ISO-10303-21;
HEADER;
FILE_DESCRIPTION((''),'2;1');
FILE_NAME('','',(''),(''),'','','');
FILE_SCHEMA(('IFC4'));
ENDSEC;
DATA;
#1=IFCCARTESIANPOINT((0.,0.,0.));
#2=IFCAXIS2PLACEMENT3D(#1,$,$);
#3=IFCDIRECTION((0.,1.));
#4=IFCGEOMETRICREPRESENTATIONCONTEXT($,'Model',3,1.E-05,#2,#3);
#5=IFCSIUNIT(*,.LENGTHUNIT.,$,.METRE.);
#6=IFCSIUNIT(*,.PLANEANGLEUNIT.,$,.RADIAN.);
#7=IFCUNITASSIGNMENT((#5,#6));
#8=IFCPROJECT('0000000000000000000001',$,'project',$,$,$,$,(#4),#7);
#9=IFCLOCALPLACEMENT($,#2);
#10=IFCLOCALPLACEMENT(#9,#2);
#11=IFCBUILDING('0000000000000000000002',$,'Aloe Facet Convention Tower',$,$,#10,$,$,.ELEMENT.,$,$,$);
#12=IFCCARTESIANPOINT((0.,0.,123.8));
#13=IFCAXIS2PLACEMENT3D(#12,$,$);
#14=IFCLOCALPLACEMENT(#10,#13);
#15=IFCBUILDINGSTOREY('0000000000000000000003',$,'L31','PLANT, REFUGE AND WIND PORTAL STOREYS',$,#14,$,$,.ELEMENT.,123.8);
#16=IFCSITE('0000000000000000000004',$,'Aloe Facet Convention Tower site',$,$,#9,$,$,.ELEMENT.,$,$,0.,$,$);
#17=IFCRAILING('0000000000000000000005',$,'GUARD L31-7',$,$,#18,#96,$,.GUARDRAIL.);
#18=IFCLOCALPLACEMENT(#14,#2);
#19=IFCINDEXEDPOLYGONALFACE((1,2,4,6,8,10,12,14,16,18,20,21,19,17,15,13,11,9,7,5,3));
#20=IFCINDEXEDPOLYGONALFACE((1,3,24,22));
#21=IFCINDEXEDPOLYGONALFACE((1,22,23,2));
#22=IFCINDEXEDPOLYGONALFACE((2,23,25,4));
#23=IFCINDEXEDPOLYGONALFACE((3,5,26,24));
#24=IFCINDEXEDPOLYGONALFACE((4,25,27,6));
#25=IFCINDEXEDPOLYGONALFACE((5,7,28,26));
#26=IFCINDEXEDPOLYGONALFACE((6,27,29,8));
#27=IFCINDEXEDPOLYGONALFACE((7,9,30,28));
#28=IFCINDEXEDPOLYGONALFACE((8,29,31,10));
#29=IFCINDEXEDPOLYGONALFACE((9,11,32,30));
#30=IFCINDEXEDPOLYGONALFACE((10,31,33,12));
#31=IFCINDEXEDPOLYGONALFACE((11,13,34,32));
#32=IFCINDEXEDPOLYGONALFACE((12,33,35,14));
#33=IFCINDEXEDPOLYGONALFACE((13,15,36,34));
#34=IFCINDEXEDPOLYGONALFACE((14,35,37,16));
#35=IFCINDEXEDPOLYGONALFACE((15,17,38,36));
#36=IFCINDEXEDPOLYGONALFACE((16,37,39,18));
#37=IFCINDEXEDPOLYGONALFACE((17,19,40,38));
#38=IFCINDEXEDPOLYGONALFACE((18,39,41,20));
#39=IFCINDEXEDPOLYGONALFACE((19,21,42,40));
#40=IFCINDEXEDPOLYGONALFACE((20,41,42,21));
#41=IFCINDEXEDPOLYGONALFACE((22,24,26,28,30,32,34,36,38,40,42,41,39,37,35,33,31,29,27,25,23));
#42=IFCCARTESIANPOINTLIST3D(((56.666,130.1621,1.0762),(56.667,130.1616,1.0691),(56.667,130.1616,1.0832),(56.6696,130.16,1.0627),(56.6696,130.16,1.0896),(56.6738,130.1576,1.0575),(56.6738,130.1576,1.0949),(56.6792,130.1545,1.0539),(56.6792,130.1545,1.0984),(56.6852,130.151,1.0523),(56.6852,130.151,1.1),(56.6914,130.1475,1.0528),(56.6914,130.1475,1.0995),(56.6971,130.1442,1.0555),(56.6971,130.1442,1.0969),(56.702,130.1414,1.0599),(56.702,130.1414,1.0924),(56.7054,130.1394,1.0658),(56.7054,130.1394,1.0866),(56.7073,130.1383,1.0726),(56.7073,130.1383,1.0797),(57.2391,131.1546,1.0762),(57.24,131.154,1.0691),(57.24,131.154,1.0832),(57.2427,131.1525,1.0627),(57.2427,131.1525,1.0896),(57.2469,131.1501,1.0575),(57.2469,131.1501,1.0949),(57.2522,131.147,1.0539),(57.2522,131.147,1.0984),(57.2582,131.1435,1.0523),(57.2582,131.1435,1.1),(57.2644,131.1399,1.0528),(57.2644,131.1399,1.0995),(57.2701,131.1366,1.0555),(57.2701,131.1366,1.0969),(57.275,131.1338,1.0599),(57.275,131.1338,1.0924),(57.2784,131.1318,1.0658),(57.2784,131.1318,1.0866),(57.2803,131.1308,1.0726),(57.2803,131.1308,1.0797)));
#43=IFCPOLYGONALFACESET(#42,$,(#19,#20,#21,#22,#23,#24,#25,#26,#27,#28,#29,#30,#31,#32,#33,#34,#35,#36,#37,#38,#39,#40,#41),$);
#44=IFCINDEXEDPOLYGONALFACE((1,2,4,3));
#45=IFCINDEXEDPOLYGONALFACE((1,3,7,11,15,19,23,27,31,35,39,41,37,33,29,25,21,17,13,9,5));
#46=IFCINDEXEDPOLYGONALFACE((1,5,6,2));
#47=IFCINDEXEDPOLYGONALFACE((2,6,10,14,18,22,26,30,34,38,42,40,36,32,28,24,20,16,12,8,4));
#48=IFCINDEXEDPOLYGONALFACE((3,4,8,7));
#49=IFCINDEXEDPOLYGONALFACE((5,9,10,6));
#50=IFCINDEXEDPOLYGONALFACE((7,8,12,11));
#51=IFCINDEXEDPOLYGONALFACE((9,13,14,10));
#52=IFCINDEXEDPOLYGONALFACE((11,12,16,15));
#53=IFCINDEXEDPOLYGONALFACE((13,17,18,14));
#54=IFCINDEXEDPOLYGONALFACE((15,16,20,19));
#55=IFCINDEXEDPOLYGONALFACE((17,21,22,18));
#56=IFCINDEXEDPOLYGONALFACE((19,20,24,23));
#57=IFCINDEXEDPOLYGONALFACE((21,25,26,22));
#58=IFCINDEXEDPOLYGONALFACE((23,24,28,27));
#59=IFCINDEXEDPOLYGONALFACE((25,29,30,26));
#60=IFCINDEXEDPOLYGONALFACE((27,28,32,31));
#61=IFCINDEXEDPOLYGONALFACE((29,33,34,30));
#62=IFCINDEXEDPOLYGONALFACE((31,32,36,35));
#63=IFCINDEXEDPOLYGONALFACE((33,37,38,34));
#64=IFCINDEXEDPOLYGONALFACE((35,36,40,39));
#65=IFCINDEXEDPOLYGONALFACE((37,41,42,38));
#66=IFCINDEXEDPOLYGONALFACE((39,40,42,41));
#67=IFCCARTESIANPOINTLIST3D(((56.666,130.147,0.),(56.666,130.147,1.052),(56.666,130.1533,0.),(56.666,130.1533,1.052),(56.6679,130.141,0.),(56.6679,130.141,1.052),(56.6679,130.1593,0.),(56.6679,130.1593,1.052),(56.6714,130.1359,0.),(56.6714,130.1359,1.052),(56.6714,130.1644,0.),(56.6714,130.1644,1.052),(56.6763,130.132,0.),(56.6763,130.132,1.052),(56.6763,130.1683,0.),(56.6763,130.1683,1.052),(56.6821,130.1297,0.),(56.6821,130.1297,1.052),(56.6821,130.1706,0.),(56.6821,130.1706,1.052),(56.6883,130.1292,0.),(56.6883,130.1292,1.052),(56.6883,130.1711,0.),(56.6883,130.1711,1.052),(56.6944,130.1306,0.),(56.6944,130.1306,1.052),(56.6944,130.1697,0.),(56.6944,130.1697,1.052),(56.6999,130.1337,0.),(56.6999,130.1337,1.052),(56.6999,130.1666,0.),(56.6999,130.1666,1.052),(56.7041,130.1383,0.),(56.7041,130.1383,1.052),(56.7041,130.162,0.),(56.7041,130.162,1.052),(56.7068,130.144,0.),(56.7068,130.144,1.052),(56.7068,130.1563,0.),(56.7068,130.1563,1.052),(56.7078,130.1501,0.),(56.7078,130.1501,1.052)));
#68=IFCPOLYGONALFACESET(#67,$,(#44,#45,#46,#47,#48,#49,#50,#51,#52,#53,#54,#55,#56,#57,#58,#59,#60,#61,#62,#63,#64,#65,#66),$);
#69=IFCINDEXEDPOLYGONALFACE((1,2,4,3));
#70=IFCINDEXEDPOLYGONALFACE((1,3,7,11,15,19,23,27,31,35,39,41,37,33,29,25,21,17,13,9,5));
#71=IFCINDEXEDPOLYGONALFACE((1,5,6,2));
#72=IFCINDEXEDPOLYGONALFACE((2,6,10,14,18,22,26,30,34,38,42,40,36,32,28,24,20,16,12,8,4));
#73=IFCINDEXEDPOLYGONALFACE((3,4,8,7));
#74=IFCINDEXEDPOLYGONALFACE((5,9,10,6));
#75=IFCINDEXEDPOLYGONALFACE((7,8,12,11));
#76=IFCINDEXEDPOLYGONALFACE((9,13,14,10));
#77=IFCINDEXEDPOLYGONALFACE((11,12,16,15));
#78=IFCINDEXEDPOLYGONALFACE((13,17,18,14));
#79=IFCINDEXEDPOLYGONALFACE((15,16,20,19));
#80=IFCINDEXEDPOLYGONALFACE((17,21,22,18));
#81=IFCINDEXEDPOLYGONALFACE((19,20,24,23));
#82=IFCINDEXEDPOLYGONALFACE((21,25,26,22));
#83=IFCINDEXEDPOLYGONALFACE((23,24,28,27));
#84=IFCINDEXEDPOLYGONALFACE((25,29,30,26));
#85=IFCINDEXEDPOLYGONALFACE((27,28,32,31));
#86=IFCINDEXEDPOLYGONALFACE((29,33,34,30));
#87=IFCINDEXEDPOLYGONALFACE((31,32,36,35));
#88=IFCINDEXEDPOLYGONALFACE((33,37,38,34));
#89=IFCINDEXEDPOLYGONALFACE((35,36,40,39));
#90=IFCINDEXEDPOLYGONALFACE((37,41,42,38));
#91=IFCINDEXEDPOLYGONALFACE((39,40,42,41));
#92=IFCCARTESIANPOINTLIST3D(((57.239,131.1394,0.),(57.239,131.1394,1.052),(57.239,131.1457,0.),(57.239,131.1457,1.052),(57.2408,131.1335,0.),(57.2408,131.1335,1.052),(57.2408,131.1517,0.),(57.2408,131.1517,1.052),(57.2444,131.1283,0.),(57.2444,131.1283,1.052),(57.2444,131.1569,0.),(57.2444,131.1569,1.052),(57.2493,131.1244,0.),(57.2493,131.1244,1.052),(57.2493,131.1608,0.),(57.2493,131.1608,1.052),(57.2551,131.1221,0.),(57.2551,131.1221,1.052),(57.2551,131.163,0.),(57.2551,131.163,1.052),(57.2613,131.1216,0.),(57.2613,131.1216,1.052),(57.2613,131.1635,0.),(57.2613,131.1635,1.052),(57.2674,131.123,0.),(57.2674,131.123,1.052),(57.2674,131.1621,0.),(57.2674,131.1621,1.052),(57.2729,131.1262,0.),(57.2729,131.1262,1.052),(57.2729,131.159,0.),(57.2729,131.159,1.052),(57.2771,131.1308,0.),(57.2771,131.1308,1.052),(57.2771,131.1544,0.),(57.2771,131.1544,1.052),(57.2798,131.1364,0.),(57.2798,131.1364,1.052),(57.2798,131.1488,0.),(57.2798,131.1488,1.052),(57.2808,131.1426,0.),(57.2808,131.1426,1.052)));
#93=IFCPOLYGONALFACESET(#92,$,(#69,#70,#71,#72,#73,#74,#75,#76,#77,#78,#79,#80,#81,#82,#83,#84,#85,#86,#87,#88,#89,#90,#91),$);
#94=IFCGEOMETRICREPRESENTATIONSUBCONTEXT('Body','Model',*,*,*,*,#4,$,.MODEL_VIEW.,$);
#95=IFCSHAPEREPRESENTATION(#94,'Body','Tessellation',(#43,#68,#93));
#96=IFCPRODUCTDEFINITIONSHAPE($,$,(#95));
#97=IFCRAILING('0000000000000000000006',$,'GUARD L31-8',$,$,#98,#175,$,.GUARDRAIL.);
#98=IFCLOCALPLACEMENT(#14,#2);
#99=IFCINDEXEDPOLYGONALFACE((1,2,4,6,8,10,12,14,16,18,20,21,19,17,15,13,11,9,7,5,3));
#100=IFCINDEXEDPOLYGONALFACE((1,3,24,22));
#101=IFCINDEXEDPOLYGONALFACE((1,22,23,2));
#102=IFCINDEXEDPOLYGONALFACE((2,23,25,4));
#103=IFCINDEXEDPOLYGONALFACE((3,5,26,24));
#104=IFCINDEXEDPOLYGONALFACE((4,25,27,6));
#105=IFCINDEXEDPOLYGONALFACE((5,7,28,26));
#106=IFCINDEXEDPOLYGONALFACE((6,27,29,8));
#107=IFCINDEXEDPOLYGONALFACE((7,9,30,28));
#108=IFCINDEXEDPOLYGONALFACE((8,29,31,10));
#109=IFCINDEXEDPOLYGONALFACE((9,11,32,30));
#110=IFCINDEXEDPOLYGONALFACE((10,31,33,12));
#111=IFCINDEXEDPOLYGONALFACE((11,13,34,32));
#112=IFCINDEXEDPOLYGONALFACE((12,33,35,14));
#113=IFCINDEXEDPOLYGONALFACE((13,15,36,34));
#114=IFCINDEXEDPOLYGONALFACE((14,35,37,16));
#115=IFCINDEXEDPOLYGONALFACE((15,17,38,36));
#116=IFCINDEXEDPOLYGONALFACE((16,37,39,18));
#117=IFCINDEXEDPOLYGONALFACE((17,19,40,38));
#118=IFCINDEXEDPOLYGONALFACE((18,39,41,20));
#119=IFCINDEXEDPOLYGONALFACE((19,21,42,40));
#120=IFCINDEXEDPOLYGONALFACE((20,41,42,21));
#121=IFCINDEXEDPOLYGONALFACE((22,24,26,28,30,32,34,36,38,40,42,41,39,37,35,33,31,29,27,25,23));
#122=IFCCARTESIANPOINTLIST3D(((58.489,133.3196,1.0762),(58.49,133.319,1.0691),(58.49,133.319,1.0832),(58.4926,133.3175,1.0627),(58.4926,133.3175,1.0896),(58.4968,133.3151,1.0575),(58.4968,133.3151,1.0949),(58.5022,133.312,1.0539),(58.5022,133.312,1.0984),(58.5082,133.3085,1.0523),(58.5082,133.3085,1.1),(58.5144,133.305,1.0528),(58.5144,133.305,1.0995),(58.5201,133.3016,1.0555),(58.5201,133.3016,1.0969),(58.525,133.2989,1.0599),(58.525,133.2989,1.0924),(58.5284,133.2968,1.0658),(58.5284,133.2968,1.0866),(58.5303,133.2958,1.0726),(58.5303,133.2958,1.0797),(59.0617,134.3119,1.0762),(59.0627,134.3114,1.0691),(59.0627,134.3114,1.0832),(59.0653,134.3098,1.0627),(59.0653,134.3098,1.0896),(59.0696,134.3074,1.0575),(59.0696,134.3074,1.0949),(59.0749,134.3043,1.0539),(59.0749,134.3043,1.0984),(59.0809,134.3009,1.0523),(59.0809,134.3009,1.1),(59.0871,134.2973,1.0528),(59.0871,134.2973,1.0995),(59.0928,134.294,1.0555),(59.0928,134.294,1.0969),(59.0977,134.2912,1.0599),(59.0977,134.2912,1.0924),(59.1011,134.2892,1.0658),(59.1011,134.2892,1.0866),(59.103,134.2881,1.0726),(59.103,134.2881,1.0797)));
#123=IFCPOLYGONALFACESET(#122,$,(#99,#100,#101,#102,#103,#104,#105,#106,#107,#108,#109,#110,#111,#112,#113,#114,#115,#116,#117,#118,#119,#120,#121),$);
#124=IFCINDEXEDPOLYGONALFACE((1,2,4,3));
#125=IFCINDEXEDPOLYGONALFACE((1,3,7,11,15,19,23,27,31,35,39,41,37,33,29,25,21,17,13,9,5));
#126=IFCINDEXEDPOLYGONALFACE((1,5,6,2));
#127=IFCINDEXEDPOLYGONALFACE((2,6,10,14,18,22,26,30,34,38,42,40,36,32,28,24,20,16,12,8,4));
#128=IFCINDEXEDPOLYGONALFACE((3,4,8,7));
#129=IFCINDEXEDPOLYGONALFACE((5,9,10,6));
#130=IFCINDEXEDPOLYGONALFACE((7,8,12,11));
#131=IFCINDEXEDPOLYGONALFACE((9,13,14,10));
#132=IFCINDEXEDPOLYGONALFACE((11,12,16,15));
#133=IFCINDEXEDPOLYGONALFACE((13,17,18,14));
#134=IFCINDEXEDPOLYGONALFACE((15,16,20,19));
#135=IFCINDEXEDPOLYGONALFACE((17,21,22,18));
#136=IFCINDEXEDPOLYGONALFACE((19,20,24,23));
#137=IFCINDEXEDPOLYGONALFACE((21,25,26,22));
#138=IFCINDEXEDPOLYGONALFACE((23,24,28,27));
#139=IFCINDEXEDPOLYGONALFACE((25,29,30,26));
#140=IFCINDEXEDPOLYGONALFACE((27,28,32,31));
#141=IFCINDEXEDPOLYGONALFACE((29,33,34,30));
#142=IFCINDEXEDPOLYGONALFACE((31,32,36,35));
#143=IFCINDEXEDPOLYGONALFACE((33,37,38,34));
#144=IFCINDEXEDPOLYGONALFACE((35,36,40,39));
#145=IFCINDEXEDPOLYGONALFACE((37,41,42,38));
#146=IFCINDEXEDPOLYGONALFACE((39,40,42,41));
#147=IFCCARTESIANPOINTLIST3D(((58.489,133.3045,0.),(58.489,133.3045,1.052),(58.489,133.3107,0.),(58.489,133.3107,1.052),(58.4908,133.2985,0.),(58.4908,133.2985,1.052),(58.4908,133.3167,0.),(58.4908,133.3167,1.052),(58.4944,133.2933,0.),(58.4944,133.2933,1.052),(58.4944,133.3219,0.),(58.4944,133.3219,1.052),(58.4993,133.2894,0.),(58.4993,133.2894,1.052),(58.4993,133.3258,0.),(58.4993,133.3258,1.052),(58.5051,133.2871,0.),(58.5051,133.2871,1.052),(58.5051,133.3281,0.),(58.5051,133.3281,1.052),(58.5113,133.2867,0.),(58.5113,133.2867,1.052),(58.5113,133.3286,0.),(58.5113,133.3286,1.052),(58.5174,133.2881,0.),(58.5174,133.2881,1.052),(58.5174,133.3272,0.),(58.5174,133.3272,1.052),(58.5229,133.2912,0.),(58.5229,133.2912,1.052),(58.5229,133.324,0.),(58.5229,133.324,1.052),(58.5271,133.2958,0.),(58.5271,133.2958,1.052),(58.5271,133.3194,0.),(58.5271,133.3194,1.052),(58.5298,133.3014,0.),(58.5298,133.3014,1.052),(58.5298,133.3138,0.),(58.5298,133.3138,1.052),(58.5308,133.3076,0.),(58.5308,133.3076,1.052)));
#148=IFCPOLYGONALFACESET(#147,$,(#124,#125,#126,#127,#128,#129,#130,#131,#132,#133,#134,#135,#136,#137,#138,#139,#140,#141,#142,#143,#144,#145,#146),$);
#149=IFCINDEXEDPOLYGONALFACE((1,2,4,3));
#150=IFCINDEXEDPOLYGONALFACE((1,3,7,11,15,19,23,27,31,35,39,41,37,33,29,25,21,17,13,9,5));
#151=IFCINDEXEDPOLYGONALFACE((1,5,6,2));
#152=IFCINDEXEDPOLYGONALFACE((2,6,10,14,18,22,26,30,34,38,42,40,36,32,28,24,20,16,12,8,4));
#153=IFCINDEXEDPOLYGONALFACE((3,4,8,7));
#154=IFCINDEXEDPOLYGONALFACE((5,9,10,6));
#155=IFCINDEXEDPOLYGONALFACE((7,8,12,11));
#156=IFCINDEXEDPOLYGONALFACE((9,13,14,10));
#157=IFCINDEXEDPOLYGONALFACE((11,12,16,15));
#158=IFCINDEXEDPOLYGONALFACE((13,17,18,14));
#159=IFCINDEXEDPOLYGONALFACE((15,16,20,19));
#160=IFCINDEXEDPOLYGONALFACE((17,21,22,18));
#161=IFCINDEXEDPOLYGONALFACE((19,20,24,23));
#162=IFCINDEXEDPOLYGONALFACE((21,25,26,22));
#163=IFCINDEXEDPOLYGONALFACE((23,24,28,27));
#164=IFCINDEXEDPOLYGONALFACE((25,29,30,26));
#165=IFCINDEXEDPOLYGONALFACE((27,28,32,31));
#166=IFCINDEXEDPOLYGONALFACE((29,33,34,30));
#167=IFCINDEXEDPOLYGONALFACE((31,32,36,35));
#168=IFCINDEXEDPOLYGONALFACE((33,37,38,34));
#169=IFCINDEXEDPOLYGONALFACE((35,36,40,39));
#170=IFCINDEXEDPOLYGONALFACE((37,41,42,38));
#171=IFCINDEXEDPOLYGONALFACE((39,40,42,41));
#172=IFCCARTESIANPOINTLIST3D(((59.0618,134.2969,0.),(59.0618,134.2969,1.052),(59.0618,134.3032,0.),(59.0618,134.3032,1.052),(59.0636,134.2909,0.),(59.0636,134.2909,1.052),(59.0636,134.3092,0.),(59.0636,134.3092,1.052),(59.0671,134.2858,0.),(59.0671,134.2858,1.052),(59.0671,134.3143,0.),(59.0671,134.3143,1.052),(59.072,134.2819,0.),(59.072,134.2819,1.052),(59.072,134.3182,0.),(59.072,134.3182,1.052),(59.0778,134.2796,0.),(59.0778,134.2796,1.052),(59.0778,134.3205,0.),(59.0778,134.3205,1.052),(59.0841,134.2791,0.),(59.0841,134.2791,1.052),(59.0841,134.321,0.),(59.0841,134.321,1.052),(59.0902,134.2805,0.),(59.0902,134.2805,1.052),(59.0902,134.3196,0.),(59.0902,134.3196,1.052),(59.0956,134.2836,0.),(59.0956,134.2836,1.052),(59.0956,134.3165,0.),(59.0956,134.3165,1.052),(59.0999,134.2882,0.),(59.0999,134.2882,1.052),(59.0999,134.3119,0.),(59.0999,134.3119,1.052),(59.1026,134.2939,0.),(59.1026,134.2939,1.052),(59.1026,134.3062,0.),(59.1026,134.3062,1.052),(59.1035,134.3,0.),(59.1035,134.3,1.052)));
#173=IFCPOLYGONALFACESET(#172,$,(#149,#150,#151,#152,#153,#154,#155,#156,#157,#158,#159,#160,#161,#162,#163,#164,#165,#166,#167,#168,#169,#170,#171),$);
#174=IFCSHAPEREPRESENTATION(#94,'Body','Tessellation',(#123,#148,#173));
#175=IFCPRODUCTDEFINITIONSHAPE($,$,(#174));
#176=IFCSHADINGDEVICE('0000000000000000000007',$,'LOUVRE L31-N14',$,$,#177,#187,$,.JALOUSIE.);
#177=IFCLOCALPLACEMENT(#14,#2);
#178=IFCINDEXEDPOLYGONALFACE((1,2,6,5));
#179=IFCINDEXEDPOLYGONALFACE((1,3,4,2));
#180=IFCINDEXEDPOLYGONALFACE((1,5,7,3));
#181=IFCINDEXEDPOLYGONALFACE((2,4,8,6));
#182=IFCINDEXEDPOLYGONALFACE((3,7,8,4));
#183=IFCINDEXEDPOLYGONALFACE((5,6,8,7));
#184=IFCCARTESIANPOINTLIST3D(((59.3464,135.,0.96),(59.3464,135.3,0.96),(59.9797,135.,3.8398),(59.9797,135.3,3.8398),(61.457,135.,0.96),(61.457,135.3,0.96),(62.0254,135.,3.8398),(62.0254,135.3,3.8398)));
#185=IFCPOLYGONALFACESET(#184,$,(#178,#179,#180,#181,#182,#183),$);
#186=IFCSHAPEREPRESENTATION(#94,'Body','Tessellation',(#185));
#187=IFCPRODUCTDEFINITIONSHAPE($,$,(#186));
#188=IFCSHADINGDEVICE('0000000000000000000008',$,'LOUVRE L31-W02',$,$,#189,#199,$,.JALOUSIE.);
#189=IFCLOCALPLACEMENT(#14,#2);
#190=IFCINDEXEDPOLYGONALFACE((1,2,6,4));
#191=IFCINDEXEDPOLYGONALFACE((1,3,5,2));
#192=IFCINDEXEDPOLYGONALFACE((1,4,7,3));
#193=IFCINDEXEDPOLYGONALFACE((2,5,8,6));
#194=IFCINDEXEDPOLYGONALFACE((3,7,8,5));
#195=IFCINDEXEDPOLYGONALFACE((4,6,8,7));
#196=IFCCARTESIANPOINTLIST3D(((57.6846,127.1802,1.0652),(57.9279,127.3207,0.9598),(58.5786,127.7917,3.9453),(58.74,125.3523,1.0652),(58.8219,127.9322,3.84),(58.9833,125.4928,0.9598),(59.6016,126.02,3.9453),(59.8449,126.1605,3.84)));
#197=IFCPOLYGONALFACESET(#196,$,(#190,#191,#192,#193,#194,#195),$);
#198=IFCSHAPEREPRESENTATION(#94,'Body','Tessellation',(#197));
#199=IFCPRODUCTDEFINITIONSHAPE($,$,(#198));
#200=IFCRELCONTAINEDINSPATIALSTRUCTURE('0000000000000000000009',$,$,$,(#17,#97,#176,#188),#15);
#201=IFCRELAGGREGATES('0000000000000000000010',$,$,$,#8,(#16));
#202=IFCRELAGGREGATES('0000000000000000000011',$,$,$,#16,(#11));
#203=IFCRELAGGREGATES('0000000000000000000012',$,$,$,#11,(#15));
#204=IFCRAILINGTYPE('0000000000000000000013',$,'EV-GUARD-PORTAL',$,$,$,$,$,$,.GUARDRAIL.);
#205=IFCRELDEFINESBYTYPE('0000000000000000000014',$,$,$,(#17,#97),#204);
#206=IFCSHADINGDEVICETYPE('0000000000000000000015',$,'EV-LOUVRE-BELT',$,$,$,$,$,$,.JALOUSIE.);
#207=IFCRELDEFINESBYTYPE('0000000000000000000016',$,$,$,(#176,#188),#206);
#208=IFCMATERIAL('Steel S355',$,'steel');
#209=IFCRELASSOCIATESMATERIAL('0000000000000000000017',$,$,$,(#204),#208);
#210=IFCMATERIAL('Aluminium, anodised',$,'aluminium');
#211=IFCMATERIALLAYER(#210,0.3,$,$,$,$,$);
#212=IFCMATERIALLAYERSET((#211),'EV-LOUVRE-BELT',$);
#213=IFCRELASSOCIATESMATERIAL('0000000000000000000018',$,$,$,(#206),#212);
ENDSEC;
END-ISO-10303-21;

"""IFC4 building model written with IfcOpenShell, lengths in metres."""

from ifc_helpers import new_model, si_unit, direction, frame, origin, origin_2d, place, context, subcontext, project, spatial, polyline, circle, outline, extrude, material, layer, layer_set, type_object, element, save


model = new_model("IFC4")

# Units and contexts
model_context = context("Model", 3, precision=1e-05, world=origin(), true_north=direction((0.0, 1.0)))
body_context = subcontext(model_context, "Body", "Model", "MODEL_VIEW")
ifc_project = project(units=[si_unit("LENGTHUNIT", "METRE"), si_unit("PLANEANGLEUNIT", "RADIAN")], contexts=[model_context])

# Site, building, storey
site_placement = place(None, origin())
site = spatial("IfcSite", under=ifc_project, at=site_placement, Name="Aloe Facet Convention Tower site", CompositionType="ELEMENT", RefElevation=0.0)
building_placement = place(site_placement, origin())
building = spatial("IfcBuilding", under=site, at=building_placement, Name="Aloe Facet Convention Tower", CompositionType="ELEMENT")
storey_placement = place(building_placement, frame((0.0, 0.0, 123.8)))
storey = spatial("IfcBuildingStorey", under=building, at=storey_placement, Name="L31", Description="PLANT, REFUGE AND WIND PORTAL STOREYS", CompositionType="ELEMENT", Elevation=123.8)

# Railings
ifc_material_1 = material(Name="Steel S355", Category="steel")
railing_type = type_object("IfcRailingType", Name="EV-GUARD-PORTAL", PredefinedType="GUARDRAIL", material=ifc_material_1)
railing_1_placement = place(storey_placement, frame((56.6868, 130.1501, 0.0)))
element("IfcRailing", 1, at=railing_1_placement, inside=storey, type_object=railing_type, Name="GUARD L31-7", PredefinedType="GUARDRAIL", context=body_context, shape_type="SweptSolid", body=[
    extrude(circle(Radius=0.0239, at=origin_2d()), frame((0.0, 0.0, 1.0762), z_axis=(0.500011, 0.866019, 0.0), x_axis=(-0.866019, 0.500011, 0.0)), (0.0, 0.0, 1.0), 1.146),
    extrude(circle(Radius=0.021, at=origin_2d()), origin(), (0.0, 0.0, 1.0), 1.052),
    extrude(circle(Radius=0.021, at=origin_2d()), frame((0.573, 0.9924, 0.0)), (0.0, 0.0, 1.0), 1.052),
])
railing_2_placement = place(storey_placement, frame((58.5098, 133.3076, 0.0)))
element("IfcRailing", 2, at=railing_2_placement, inside=storey, type_object=railing_type, Name="GUARD L31-8", PredefinedType="GUARDRAIL", context=body_context, shape_type="SweptSolid", body=[
    extrude(circle(Radius=0.0239, at=origin_2d()), frame((0.0, 0.0, 1.0762), z_axis=(0.499852, 0.866111, 0.0), x_axis=(-0.866111, 0.499852, 0.0)), (0.0, 0.0, 1.0), 1.1458),
    extrude(circle(Radius=0.021, at=origin_2d()), origin(), (0.0, 0.0, 1.0), 1.052),
    extrude(circle(Radius=0.021, at=origin_2d()), frame((0.5728, 0.9924, 0.0)), (0.0, 0.0, 1.0), 1.052),
])

# Shading devices
ifc_material_2 = material(Name="Aluminium, anodised", Category="aluminium")
ifc_layer_1 = layer(ifc_material_2, 0.3)
ifc_layer_set_1 = layer_set([ifc_layer_1], Name="EV-LOUVRE-BELT")
shading_device_type = type_object("IfcShadingDeviceType", Name="EV-LOUVRE-BELT", PredefinedType="JALOUSIE", material=ifc_layer_set_1)
shading_device_1_placement = place(storey_placement, frame((61.457, 135.3, 0.96), z_axis=(0.0, 1.0, 0.0), x_axis=(-1.0, 0.0, 0.0)))
element("IfcShadingDevice", 3, at=shading_device_1_placement, inside=storey, type_object=shading_device_type, Name="LOUVRE L31-N14", PredefinedType="JALOUSIE", context=body_context, shape_type="SweptSolid", body=[
    extrude(outline(polyline([(0.0, 0.0), (2.1106, 0.0), (1.4773, 2.8799), (-0.5684, 2.8799), (0.0, 0.0)])), origin(), (0.0, 0.0, -1.0), 0.3),
])
shading_device_2_placement = place(storey_placement, frame((57.6846, 127.1802, 1.0652), z_axis=(-0.810873, -0.468188, 0.351119), x_axis=(0.500025, -0.866011, 0.000003)))
element("IfcShadingDevice", 4, at=shading_device_2_placement, inside=storey, type_object=shading_device_type, Name="LOUVRE L31-W02", PredefinedType="JALOUSIE", context=body_context, shape_type="SweptSolid", body=[
    extrude(outline(polyline([(0.0, 0.0), (2.1107, 0.0), (1.9633, 3.076), (-0.0826, 3.076), (0.0, 0.0)])), origin(), (0.0, 0.0, -1.0), 0.3),
])

save(model, "model.ifc")
